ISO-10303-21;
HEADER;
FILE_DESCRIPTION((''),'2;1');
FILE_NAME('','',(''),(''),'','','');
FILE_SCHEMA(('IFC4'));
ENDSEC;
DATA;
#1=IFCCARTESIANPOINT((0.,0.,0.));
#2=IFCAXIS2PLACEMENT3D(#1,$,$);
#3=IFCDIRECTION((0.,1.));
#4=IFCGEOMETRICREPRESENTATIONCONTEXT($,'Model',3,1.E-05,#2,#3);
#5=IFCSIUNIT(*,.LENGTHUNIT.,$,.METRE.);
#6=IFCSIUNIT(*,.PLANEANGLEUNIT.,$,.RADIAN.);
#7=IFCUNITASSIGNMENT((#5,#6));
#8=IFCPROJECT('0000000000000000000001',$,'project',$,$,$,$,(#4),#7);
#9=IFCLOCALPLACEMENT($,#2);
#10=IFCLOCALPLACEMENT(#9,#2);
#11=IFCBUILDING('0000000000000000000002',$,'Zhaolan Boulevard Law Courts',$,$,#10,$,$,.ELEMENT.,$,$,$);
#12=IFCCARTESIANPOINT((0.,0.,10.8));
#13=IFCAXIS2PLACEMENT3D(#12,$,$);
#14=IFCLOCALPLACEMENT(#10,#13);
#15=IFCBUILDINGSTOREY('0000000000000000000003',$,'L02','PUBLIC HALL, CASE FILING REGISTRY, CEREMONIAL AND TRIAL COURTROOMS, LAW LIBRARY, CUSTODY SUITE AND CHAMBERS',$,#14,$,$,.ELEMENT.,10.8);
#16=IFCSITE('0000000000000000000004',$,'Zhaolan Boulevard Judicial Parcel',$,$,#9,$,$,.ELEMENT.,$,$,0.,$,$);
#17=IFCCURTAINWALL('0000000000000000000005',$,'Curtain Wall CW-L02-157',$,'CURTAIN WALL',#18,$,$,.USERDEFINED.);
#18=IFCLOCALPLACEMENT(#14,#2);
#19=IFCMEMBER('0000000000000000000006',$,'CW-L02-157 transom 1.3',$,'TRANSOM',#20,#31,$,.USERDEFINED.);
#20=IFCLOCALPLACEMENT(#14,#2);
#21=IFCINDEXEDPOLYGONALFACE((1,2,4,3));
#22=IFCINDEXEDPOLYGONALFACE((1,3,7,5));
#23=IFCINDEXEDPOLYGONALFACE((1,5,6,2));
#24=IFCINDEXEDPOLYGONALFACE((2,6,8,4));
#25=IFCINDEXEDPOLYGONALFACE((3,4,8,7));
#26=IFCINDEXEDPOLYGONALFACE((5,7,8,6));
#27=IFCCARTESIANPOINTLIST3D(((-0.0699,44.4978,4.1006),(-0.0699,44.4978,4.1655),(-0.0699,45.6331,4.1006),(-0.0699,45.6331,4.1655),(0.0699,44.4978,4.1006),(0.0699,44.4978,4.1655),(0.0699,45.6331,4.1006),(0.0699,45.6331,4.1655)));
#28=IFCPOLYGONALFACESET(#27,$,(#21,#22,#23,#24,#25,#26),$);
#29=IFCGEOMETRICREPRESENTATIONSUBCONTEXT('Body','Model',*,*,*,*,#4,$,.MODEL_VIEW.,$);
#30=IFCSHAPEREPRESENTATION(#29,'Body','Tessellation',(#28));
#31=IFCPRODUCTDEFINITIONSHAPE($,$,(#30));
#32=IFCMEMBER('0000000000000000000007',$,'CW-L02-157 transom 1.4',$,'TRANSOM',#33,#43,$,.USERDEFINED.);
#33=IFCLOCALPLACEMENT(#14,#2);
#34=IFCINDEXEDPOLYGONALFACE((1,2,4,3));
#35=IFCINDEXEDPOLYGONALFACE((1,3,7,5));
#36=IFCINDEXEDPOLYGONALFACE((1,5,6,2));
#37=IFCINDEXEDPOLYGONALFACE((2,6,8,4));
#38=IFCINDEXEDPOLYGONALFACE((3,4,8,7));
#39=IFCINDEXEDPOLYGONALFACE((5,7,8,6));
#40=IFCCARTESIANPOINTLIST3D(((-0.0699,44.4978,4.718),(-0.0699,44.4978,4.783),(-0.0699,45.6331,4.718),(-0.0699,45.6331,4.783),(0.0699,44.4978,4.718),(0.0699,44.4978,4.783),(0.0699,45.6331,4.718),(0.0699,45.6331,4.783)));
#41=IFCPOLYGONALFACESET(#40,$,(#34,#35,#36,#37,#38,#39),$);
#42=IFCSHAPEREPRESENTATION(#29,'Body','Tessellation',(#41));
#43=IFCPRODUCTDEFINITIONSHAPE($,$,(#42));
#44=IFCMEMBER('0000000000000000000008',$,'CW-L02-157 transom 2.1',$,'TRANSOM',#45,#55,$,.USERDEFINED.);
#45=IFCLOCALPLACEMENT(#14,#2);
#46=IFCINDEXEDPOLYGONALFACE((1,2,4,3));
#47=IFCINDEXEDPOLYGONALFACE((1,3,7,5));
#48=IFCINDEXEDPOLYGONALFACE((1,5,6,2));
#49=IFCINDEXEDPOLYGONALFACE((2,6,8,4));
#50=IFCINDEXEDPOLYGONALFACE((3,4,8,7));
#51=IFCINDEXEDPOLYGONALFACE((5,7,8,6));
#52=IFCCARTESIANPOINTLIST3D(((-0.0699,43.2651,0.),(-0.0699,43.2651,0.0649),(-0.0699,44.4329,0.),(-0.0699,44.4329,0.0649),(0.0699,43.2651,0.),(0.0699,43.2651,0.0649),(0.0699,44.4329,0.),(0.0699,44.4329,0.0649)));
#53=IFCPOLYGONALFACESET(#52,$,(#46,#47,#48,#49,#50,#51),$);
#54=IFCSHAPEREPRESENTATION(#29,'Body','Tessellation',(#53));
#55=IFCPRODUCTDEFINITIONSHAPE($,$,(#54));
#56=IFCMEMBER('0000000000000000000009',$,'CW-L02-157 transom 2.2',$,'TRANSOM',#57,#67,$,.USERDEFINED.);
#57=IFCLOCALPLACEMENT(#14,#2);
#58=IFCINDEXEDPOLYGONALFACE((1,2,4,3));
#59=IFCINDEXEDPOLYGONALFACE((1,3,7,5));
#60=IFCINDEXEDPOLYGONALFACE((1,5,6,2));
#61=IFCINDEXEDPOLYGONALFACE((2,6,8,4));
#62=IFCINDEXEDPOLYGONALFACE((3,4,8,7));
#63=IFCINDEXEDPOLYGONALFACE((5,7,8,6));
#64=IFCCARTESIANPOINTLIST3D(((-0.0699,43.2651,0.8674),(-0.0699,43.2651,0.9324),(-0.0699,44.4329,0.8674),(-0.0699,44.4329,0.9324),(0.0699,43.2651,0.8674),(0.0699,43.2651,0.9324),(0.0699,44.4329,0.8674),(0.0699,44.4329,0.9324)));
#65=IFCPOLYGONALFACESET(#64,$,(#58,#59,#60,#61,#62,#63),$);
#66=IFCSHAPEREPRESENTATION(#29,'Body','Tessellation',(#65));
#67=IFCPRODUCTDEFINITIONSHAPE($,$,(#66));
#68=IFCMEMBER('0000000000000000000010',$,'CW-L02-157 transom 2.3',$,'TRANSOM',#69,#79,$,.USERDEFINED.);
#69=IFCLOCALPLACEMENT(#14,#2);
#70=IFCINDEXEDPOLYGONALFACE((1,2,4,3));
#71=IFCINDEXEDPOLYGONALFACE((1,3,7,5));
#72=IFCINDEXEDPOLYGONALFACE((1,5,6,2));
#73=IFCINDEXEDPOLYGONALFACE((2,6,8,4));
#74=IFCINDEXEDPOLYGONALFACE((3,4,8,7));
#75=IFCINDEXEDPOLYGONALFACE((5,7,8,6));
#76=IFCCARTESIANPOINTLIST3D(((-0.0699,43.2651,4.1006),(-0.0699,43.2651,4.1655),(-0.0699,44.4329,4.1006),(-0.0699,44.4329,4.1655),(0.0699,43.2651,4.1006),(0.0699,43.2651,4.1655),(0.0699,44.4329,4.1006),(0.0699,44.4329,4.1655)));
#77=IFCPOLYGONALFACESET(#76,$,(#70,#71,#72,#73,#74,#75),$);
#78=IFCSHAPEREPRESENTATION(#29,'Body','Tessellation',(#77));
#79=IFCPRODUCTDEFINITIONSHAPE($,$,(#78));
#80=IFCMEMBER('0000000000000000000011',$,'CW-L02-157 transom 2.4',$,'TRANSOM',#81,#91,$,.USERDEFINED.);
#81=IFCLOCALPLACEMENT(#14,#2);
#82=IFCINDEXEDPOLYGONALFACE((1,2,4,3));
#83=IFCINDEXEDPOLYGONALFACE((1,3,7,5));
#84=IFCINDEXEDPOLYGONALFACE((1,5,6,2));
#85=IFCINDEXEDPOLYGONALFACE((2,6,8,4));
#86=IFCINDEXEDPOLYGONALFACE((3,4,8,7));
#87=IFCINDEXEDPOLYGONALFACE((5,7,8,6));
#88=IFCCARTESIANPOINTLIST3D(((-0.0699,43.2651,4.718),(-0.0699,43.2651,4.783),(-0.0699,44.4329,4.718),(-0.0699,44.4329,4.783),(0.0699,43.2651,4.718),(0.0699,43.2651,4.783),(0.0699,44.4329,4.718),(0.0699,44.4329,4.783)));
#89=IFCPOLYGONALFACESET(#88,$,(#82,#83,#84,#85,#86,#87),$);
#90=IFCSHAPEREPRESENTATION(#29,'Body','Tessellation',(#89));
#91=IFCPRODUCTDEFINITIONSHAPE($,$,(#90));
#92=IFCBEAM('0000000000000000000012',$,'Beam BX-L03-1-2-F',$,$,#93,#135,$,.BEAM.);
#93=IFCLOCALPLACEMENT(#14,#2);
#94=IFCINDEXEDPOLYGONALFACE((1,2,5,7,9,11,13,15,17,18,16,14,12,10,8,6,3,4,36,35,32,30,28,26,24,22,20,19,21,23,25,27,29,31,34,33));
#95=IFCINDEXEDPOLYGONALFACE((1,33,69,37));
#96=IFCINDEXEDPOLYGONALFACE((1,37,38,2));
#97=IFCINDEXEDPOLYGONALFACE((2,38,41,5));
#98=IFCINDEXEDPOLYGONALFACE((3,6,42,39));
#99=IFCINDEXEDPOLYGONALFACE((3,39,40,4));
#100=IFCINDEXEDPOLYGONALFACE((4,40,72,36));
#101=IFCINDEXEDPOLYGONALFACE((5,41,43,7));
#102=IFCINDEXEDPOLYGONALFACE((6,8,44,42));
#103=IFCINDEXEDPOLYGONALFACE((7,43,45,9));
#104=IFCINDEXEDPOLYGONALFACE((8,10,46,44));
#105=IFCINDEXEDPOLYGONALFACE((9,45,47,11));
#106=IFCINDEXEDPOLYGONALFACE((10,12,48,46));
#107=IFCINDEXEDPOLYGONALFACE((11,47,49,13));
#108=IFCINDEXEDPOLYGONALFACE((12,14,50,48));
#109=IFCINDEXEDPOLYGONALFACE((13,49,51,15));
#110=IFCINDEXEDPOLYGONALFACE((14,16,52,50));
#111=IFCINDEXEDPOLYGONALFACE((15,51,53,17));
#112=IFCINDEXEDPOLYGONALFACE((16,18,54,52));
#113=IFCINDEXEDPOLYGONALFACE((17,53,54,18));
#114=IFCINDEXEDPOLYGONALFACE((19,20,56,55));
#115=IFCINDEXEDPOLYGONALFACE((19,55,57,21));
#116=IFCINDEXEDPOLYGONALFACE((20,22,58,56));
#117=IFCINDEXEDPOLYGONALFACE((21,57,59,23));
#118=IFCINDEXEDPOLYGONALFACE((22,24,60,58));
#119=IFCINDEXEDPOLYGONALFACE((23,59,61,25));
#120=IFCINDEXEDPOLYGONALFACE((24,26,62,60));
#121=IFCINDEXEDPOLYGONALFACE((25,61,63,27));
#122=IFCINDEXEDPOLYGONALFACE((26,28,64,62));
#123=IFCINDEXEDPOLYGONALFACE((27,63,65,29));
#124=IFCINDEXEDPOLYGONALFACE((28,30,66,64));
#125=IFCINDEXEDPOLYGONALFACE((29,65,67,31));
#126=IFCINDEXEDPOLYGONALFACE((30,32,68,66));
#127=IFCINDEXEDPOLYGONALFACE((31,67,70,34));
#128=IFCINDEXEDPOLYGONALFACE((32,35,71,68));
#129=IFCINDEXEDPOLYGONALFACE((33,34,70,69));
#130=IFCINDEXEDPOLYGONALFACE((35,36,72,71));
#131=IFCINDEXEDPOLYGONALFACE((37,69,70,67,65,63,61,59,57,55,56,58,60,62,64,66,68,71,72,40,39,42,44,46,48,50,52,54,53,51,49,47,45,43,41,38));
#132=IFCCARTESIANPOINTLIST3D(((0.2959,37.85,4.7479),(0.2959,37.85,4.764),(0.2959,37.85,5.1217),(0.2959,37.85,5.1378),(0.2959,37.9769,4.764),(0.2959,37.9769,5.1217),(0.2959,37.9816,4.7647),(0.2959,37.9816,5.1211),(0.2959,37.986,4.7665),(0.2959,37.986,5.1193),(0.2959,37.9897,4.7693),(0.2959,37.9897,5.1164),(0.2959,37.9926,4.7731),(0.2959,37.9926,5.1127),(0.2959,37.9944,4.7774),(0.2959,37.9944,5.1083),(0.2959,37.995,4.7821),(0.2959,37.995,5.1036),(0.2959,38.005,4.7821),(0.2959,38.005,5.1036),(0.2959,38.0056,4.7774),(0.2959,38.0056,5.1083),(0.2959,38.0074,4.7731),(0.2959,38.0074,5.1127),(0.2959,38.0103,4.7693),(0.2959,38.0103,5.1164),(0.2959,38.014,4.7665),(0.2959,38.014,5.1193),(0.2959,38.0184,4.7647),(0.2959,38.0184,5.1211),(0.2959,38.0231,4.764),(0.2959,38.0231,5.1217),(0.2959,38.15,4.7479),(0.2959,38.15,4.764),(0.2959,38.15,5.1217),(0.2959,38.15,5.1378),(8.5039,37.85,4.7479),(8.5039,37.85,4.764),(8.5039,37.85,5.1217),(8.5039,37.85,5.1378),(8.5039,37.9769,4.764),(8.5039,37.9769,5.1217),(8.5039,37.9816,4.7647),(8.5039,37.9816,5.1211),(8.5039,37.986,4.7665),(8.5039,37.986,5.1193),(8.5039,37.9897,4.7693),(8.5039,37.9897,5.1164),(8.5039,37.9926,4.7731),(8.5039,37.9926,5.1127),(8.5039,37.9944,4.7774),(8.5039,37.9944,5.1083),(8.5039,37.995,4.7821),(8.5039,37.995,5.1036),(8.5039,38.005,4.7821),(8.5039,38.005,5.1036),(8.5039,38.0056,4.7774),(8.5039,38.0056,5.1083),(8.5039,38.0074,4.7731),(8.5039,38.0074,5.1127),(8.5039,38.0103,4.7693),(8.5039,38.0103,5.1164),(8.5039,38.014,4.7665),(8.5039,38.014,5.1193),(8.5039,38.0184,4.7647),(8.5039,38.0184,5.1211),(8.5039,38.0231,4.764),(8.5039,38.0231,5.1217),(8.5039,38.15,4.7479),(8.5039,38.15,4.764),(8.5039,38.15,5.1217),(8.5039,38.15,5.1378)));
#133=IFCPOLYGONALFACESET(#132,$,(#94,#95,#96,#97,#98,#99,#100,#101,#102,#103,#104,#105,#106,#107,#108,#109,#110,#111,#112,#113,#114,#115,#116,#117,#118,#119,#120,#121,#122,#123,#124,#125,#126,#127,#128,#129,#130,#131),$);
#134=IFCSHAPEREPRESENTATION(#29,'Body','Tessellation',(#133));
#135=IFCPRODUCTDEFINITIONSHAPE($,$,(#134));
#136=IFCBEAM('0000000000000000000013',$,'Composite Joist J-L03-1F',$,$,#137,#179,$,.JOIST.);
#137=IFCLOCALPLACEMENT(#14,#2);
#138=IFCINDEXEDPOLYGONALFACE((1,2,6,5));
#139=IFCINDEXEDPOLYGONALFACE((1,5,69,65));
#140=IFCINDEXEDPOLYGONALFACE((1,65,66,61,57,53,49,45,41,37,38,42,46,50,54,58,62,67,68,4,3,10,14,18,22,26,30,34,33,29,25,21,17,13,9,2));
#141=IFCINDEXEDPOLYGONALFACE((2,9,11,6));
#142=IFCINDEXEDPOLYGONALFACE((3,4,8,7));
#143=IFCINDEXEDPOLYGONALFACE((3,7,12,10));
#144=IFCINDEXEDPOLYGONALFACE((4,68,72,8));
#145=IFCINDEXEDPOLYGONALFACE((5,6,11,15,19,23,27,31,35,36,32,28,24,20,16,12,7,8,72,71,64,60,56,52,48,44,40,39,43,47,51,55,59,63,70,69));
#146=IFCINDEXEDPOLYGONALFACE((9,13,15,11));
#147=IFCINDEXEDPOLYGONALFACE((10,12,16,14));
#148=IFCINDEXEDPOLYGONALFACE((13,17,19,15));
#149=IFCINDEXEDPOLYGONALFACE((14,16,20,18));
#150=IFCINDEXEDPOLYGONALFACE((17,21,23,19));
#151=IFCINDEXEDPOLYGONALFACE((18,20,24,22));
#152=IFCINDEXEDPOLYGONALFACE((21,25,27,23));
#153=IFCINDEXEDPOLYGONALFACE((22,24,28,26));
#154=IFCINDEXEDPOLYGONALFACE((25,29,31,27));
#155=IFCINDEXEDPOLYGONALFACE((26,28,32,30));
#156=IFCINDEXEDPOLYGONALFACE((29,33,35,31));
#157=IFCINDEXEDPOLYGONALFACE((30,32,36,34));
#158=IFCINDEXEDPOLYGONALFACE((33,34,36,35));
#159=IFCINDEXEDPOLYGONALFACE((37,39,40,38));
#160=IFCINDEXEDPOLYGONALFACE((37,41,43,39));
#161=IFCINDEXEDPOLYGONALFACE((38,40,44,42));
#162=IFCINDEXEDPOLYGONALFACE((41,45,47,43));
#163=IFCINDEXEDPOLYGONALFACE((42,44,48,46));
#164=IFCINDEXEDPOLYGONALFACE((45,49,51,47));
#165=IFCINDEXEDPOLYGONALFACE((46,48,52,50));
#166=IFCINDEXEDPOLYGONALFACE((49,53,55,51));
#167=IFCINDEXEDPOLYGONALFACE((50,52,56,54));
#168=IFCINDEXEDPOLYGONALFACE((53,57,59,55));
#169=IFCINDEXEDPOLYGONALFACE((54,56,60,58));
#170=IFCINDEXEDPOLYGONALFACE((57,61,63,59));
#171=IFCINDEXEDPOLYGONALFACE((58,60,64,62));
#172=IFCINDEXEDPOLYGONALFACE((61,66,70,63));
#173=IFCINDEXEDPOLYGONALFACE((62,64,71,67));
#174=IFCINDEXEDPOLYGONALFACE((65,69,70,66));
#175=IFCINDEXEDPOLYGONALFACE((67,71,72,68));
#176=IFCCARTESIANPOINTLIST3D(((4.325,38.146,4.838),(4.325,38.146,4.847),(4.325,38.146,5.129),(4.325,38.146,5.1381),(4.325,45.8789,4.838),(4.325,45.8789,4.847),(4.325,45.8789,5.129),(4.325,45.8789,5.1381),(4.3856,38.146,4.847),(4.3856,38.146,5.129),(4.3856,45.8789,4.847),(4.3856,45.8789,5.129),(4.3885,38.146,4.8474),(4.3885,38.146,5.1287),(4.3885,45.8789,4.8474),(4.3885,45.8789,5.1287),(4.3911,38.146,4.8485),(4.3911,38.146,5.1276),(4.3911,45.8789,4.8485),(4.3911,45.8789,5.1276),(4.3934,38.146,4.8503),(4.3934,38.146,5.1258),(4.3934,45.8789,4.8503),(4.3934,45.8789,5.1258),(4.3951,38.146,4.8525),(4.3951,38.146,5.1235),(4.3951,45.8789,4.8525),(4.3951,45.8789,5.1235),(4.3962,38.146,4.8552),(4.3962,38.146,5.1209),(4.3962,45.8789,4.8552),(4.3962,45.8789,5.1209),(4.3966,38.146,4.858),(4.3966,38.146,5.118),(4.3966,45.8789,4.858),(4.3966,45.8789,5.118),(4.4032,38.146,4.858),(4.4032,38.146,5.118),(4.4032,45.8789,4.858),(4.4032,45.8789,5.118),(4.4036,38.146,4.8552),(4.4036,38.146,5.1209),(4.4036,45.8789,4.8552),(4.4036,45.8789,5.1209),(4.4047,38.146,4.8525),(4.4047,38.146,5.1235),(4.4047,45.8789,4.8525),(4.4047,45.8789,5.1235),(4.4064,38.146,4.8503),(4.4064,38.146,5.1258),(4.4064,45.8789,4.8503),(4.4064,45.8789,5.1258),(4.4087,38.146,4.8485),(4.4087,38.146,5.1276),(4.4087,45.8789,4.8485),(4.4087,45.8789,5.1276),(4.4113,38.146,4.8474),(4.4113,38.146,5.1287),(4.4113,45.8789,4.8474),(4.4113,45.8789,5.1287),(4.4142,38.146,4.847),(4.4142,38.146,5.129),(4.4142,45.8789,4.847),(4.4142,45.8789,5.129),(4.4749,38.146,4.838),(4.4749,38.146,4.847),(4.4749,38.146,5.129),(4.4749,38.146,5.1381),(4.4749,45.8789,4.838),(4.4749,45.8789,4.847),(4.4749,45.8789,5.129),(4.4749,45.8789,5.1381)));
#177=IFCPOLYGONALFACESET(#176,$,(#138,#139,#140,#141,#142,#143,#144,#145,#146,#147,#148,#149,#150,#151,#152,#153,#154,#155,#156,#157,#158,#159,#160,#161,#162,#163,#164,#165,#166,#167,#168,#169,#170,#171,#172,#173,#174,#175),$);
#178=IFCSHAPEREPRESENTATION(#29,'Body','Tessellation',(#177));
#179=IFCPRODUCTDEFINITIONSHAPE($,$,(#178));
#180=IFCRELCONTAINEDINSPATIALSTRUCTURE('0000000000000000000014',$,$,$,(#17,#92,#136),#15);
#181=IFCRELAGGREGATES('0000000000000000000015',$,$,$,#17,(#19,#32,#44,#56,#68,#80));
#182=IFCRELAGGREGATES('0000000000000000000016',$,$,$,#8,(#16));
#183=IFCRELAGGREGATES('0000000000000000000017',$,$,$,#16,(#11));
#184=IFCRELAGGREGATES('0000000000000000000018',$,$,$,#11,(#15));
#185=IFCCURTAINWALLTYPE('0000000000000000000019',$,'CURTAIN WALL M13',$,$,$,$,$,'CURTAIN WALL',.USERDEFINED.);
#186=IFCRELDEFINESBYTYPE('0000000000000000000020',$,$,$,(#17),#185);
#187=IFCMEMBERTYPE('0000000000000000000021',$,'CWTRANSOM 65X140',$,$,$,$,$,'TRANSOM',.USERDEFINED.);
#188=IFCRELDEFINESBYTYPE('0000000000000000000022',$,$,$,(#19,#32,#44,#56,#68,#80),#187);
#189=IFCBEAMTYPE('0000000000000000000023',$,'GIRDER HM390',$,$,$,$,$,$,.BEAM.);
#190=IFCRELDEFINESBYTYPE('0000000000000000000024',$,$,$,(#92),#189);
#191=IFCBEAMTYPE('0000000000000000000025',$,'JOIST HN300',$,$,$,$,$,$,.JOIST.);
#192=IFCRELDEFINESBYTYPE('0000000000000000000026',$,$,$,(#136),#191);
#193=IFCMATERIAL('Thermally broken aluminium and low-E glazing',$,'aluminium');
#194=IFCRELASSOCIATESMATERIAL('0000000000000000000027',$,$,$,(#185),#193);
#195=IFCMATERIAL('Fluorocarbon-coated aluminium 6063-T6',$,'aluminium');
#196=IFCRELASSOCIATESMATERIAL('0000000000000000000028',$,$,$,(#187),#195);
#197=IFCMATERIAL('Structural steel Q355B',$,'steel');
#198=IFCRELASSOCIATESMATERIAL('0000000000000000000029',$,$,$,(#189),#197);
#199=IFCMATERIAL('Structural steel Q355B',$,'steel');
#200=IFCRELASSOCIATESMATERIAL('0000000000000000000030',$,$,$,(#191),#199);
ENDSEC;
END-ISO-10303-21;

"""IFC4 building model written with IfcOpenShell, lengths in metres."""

from ifc_helpers import new_model, si_unit, direction, frame, origin, origin_2d, place, context, subcontext, project, spatial, rectangle, i_section, extrude, material, material_profile, profile_set, type_object, element, aggregate, save


model = new_model("IFC4")

# Units and contexts
model_context = context("Model", 3, precision=1e-05, world=origin(), true_north=direction((0.0, 1.0)))
body_context = subcontext(model_context, "Body", "Model", "MODEL_VIEW")
ifc_project = project(units=[si_unit("LENGTHUNIT", "METRE"), si_unit("PLANEANGLEUNIT", "RADIAN")], contexts=[model_context])

# Site, building, storey
site_placement = place(None, origin())
site = spatial("IfcSite", under=ifc_project, at=site_placement, Name="Zhaolan Boulevard Judicial Parcel", CompositionType="ELEMENT", RefElevation=0.0)
building_placement = place(site_placement, origin())
building = spatial("IfcBuilding", under=site, at=building_placement, Name="Zhaolan Boulevard Law Courts", CompositionType="ELEMENT")
storey_placement = place(building_placement, frame((0.0, 0.0, 10.8)))
storey = spatial("IfcBuildingStorey", under=building, at=storey_placement, Name="L02", Description="PUBLIC HALL, CASE FILING REGISTRY, CEREMONIAL AND TRIAL COURTROOMS, LAW LIBRARY, CUSTODY SUITE AND CHAMBERS", CompositionType="ELEMENT", Elevation=10.8)

# Curtain wall, members
ifc_material_1 = material(Name="Thermally broken aluminium and low-E glazing", Category="aluminium")
curtain_wall_type = type_object("IfcCurtainWallType", Name="CURTAIN WALL M13", ElementType="CURTAIN WALL", PredefinedType="USERDEFINED", material=ifc_material_1)
curtain_wall_placement = place(storey_placement, origin())
curtain_wall = element("IfcCurtainWall", 1, at=curtain_wall_placement, inside=storey, type_object=curtain_wall_type, Name="Curtain Wall CW-L02-157", ObjectType="CURTAIN WALL", PredefinedType="USERDEFINED")
ifc_material_2 = material(Name="Fluorocarbon-coated aluminium 6063-T6", Category="aluminium")
ifc_material_profile_1 = material_profile(ifc_material_2, rectangle(XDim=0.1399, YDim=0.0649, at=origin_2d()), Name="AL65x140")
ifc_profile_set_1 = profile_set([ifc_material_profile_1], Name="Fluorocarbon-coated aluminium 6063-T6")
member_type_1 = type_object("IfcMemberType", Name="CWTRANSOM 65X140", ElementType="TRANSOM", PredefinedType="USERDEFINED", material=ifc_profile_set_1)
member_1_placement = place(storey_placement, frame((0.0, 45.6331, 4.1331), z_axis=(0.0, -1.0, 0.0), x_axis=(1.0, 0.0, 0.0)))
member_1 = element("IfcMember", 2, at=member_1_placement, type_object=member_type_1, Name="CW-L02-157 transom 1.3", ObjectType="TRANSOM", PredefinedType="USERDEFINED", context=body_context, shape_type="SweptSolid", body=[
    extrude(rectangle(XDim=0.1399, YDim=0.0649, at=origin_2d()), origin(), (0.0, 0.0, 1.0), 1.1353),
])
member_2_placement = place(storey_placement, frame((0.0, 45.6331, 4.7505), z_axis=(0.0, -1.0, 0.0), x_axis=(1.0, 0.0, 0.0)))
member_2 = element("IfcMember", 3, at=member_2_placement, type_object=member_type_1, Name="CW-L02-157 transom 1.4", ObjectType="TRANSOM", PredefinedType="USERDEFINED", context=body_context, shape_type="SweptSolid", body=[
    extrude(rectangle(XDim=0.1399, YDim=0.0649, at=origin_2d()), origin(), (0.0, 0.0, 1.0), 1.1353),
])
member_3_placement = place(storey_placement, frame((0.0, 44.4329, 0.0325), z_axis=(0.0, -1.0, 0.0), x_axis=(1.0, 0.0, 0.0)))
member_3 = element("IfcMember", 4, at=member_3_placement, type_object=member_type_1, Name="CW-L02-157 transom 2.1", ObjectType="TRANSOM", PredefinedType="USERDEFINED", context=body_context, shape_type="SweptSolid", body=[
    extrude(rectangle(XDim=0.1399, YDim=0.0649, at=origin_2d()), origin(), (0.0, 0.0, 1.0), 1.1677),
])
member_4_placement = place(storey_placement, frame((0.0, 44.4329, 0.8999), z_axis=(0.0, -1.0, 0.0), x_axis=(1.0, 0.0, 0.0)))
member_4 = element("IfcMember", 5, at=member_4_placement, type_object=member_type_1, Name="CW-L02-157 transom 2.2", ObjectType="TRANSOM", PredefinedType="USERDEFINED", context=body_context, shape_type="SweptSolid", body=[
    extrude(rectangle(XDim=0.1399, YDim=0.0649, at=origin_2d()), origin(), (0.0, 0.0, 1.0), 1.1677),
])
member_5_placement = place(storey_placement, frame((0.0, 44.4329, 4.1331), z_axis=(0.0, -1.0, 0.0), x_axis=(1.0, 0.0, 0.0)))
member_5 = element("IfcMember", 6, at=member_5_placement, type_object=member_type_1, Name="CW-L02-157 transom 2.3", ObjectType="TRANSOM", PredefinedType="USERDEFINED", context=body_context, shape_type="SweptSolid", body=[
    extrude(rectangle(XDim=0.1399, YDim=0.0649, at=origin_2d()), origin(), (0.0, 0.0, 1.0), 1.1677),
])
member_6_placement = place(storey_placement, frame((0.0, 44.4329, 4.7505), z_axis=(0.0, -1.0, 0.0), x_axis=(1.0, 0.0, 0.0)))
member_6 = element("IfcMember", 7, at=member_6_placement, type_object=member_type_1, Name="CW-L02-157 transom 2.4", ObjectType="TRANSOM", PredefinedType="USERDEFINED", context=body_context, shape_type="SweptSolid", body=[
    extrude(rectangle(XDim=0.1399, YDim=0.0649, at=origin_2d()), origin(), (0.0, 0.0, 1.0), 1.1677),
])

# Beams
ifc_material_3 = material(Name="Structural steel Q355B", Category="steel")
ifc_material_profile_2 = material_profile(ifc_material_3, i_section(OverallWidth=0.3, OverallDepth=0.3899, WebThickness=0.01, FlangeThickness=0.0161, FilletRadius=0.0181, at=origin_2d()), Name="HM390x300")
ifc_profile_set_2 = profile_set([ifc_material_profile_2], Name="Structural steel Q355B")
beam_type_1 = type_object("IfcBeamType", Name="GIRDER HM390", PredefinedType="BEAM", material=ifc_profile_set_2)
beam_1_placement = place(storey_placement, frame((0.2959, 38.0, 4.9429), z_axis=(1.0, 0.0, 0.0), x_axis=(0.0, 1.0, 0.0)))
element("IfcBeam", 8, at=beam_1_placement, inside=storey, type_object=beam_type_1, Name="Beam BX-L03-1-2-F", PredefinedType="BEAM", context=body_context, shape_type="SweptSolid", body=[
    extrude(i_section(OverallWidth=0.3, OverallDepth=0.3899, WebThickness=0.01, FlangeThickness=0.0161, FilletRadius=0.0181, at=origin_2d()), origin(), (0.0, 0.0, 1.0), 8.208),
])
ifc_material_4 = material(Name="Structural steel Q355B", Category="steel")
ifc_material_profile_3 = material_profile(ifc_material_4, i_section(OverallWidth=0.1499, OverallDepth=0.3, WebThickness=0.0066, FlangeThickness=0.009, FilletRadius=0.011, at=origin_2d()), Name="HN300x150")
ifc_profile_set_3 = profile_set([ifc_material_profile_3], Name="Structural steel Q355B")
beam_type_2 = type_object("IfcBeamType", Name="JOIST HN300", PredefinedType="JOIST", material=ifc_profile_set_3)
beam_2_placement = place(storey_placement, frame((4.3999, 38.146, 4.988), z_axis=(0.0, 1.0, 0.0), x_axis=(-1.0, 0.0, 0.0)))
element("IfcBeam", 9, at=beam_2_placement, inside=storey, type_object=beam_type_2, Name="Composite Joist J-L03-1F", PredefinedType="JOIST", context=body_context, shape_type="SweptSolid", body=[
    extrude(i_section(OverallWidth=0.1499, OverallDepth=0.3, WebThickness=0.0066, FlangeThickness=0.009, FilletRadius=0.011, at=origin_2d()), origin(), (0.0, 0.0, 1.0), 7.7329),
])

aggregate(curtain_wall, [member_1, member_2, member_3, member_4, member_5, member_6])

save(model, "model.ifc")
